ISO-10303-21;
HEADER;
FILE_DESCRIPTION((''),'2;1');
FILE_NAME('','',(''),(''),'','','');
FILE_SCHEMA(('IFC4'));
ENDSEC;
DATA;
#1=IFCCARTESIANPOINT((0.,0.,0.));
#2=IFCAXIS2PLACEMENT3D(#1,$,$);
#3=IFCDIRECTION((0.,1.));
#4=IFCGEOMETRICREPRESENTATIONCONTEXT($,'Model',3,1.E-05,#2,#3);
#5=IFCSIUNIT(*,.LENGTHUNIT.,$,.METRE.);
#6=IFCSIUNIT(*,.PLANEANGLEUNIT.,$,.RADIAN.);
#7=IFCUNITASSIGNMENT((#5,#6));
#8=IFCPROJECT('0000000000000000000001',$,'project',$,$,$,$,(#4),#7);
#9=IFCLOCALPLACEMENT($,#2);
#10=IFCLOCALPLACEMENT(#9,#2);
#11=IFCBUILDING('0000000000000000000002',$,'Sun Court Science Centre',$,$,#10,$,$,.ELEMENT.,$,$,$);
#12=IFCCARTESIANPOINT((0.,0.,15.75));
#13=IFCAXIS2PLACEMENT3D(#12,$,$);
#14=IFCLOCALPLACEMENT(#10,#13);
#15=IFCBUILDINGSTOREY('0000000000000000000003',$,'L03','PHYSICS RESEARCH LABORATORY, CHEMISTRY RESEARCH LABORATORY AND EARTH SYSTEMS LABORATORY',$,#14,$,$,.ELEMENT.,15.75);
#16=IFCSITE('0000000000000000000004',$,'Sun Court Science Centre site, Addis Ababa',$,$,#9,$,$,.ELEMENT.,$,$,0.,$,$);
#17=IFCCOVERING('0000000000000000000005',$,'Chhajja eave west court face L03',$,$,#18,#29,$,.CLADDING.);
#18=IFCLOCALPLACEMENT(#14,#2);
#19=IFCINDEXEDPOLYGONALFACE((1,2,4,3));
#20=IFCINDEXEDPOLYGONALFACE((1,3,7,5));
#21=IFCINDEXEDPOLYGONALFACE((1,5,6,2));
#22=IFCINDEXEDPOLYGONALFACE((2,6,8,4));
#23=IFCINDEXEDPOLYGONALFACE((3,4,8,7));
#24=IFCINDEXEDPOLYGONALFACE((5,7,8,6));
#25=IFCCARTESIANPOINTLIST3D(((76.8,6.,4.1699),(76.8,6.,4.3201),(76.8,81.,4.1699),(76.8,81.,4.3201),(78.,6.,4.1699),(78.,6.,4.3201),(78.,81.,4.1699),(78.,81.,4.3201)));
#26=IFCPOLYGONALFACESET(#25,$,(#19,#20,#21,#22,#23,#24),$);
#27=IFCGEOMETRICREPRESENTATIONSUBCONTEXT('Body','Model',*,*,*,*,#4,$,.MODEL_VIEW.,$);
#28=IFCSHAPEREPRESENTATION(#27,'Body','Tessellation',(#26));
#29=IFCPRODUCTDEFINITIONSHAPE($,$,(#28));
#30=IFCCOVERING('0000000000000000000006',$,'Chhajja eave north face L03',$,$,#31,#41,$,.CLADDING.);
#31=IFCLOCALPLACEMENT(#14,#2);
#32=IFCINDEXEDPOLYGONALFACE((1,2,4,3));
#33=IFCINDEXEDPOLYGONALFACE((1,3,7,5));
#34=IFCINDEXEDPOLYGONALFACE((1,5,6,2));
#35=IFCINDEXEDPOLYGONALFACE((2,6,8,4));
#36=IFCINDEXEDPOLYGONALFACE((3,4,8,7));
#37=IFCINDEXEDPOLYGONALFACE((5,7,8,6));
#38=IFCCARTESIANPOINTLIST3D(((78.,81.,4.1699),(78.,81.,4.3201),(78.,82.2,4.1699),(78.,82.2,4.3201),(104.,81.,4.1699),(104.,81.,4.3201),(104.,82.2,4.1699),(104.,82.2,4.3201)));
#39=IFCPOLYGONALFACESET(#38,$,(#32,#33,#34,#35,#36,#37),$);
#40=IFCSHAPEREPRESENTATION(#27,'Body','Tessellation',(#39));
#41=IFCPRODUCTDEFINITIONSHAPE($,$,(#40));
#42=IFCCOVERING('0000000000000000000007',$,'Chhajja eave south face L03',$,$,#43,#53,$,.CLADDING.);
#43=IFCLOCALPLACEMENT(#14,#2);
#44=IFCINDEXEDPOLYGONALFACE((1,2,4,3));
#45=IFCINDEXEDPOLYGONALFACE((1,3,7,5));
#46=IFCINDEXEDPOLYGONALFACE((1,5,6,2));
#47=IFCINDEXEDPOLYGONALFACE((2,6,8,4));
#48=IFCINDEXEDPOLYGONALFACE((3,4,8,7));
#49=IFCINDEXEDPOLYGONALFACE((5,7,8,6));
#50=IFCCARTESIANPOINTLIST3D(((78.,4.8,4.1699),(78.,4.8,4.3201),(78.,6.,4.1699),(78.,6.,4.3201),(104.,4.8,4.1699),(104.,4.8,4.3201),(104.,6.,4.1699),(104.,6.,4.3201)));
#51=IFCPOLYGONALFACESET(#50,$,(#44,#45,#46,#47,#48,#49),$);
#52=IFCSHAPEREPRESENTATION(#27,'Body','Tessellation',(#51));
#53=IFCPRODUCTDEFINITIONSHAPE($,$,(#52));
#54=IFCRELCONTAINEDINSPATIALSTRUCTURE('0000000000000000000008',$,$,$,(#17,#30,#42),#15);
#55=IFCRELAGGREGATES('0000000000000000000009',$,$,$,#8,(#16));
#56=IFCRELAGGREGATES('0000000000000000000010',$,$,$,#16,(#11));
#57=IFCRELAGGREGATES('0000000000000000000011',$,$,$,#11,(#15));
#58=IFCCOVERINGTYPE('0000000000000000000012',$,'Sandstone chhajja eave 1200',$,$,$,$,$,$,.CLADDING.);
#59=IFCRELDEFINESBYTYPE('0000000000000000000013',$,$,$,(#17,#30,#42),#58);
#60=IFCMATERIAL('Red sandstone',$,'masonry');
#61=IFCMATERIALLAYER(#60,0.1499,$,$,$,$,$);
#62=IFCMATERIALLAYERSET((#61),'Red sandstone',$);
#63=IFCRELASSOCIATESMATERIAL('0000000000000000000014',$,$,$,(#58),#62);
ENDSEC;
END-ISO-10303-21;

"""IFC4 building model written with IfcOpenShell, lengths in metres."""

from ifc_helpers import new_model, si_unit, direction, frame, origin, place, context, subcontext, project, spatial, polyline, outline, extrude, material, layer, layer_set, type_object, element, save


model = new_model("IFC4")

# Units and contexts
model_context = context("Model", 3, precision=1e-05, world=origin(), true_north=direction((0.0, 1.0)))
body_context = subcontext(model_context, "Body", "Model", "MODEL_VIEW")
ifc_project = project(units=[si_unit("LENGTHUNIT", "METRE"), si_unit("PLANEANGLEUNIT", "RADIAN")], contexts=[model_context])

# Site, building, storey
site_placement = place(None, origin())
site = spatial("IfcSite", under=ifc_project, at=site_placement, Name="Sun Court Science Centre site, Addis Ababa", CompositionType="ELEMENT", RefElevation=0.0)
building_placement = place(site_placement, origin())
building = spatial("IfcBuilding", under=site, at=building_placement, Name="Sun Court Science Centre", CompositionType="ELEMENT")
storey_placement = place(building_placement, frame((0.0, 0.0, 15.75)))
storey = spatial("IfcBuildingStorey", under=building, at=storey_placement, Name="L03", Description="PHYSICS RESEARCH LABORATORY, CHEMISTRY RESEARCH LABORATORY AND EARTH SYSTEMS LABORATORY", CompositionType="ELEMENT", Elevation=15.75)

# Coverings
ifc_material_1 = material(Name="Red sandstone", Category="masonry")
ifc_layer_1 = layer(ifc_material_1, 0.1499)
ifc_layer_set_1 = layer_set([ifc_layer_1], Name="Red sandstone")
covering_type_1 = type_object("IfcCoveringType", Name="Sandstone chhajja eave 1200", PredefinedType="CLADDING", material=ifc_layer_set_1)
covering_1_placement = place(storey_placement, frame((0.0, 0.0, 4.1699)))
element("IfcCovering", 1, at=covering_1_placement, inside=storey, type_object=covering_type_1, Name="Chhajja eave west court face L03", PredefinedType="CLADDING", context=body_context, shape_type="SweptSolid", body=[
    extrude(outline(polyline([(76.8, 6.0), (78.0, 6.0), (78.0, 81.0), (76.8, 81.0), (76.8, 6.0)])), origin(), (0.0, 0.0, 1.0), 0.1501),
])
covering_2_placement = place(storey_placement, frame((0.0, 0.0, 4.1699)))
element("IfcCovering", 2, at=covering_2_placement, inside=storey, type_object=covering_type_1, Name="Chhajja eave north face L03", PredefinedType="CLADDING", context=body_context, shape_type="SweptSolid", body=[
    extrude(outline(polyline([(78.0, 81.0), (104.0, 81.0), (104.0, 82.2), (78.0, 82.2), (78.0, 81.0)])), origin(), (0.0, 0.0, 1.0), 0.1501),
])
covering_3_placement = place(storey_placement, frame((0.0, 0.0, 4.1699)))
element("IfcCovering", 3, at=covering_3_placement, inside=storey, type_object=covering_type_1, Name="Chhajja eave south face L03", PredefinedType="CLADDING", context=body_context, shape_type="SweptSolid", body=[
    extrude(outline(polyline([(78.0, 6.0), (104.0, 6.0), (104.0, 4.8), (78.0, 4.8), (78.0, 6.0)])), origin(), (0.0, 0.0, 1.0), 0.1501),
])

save(model, "model.ifc")
